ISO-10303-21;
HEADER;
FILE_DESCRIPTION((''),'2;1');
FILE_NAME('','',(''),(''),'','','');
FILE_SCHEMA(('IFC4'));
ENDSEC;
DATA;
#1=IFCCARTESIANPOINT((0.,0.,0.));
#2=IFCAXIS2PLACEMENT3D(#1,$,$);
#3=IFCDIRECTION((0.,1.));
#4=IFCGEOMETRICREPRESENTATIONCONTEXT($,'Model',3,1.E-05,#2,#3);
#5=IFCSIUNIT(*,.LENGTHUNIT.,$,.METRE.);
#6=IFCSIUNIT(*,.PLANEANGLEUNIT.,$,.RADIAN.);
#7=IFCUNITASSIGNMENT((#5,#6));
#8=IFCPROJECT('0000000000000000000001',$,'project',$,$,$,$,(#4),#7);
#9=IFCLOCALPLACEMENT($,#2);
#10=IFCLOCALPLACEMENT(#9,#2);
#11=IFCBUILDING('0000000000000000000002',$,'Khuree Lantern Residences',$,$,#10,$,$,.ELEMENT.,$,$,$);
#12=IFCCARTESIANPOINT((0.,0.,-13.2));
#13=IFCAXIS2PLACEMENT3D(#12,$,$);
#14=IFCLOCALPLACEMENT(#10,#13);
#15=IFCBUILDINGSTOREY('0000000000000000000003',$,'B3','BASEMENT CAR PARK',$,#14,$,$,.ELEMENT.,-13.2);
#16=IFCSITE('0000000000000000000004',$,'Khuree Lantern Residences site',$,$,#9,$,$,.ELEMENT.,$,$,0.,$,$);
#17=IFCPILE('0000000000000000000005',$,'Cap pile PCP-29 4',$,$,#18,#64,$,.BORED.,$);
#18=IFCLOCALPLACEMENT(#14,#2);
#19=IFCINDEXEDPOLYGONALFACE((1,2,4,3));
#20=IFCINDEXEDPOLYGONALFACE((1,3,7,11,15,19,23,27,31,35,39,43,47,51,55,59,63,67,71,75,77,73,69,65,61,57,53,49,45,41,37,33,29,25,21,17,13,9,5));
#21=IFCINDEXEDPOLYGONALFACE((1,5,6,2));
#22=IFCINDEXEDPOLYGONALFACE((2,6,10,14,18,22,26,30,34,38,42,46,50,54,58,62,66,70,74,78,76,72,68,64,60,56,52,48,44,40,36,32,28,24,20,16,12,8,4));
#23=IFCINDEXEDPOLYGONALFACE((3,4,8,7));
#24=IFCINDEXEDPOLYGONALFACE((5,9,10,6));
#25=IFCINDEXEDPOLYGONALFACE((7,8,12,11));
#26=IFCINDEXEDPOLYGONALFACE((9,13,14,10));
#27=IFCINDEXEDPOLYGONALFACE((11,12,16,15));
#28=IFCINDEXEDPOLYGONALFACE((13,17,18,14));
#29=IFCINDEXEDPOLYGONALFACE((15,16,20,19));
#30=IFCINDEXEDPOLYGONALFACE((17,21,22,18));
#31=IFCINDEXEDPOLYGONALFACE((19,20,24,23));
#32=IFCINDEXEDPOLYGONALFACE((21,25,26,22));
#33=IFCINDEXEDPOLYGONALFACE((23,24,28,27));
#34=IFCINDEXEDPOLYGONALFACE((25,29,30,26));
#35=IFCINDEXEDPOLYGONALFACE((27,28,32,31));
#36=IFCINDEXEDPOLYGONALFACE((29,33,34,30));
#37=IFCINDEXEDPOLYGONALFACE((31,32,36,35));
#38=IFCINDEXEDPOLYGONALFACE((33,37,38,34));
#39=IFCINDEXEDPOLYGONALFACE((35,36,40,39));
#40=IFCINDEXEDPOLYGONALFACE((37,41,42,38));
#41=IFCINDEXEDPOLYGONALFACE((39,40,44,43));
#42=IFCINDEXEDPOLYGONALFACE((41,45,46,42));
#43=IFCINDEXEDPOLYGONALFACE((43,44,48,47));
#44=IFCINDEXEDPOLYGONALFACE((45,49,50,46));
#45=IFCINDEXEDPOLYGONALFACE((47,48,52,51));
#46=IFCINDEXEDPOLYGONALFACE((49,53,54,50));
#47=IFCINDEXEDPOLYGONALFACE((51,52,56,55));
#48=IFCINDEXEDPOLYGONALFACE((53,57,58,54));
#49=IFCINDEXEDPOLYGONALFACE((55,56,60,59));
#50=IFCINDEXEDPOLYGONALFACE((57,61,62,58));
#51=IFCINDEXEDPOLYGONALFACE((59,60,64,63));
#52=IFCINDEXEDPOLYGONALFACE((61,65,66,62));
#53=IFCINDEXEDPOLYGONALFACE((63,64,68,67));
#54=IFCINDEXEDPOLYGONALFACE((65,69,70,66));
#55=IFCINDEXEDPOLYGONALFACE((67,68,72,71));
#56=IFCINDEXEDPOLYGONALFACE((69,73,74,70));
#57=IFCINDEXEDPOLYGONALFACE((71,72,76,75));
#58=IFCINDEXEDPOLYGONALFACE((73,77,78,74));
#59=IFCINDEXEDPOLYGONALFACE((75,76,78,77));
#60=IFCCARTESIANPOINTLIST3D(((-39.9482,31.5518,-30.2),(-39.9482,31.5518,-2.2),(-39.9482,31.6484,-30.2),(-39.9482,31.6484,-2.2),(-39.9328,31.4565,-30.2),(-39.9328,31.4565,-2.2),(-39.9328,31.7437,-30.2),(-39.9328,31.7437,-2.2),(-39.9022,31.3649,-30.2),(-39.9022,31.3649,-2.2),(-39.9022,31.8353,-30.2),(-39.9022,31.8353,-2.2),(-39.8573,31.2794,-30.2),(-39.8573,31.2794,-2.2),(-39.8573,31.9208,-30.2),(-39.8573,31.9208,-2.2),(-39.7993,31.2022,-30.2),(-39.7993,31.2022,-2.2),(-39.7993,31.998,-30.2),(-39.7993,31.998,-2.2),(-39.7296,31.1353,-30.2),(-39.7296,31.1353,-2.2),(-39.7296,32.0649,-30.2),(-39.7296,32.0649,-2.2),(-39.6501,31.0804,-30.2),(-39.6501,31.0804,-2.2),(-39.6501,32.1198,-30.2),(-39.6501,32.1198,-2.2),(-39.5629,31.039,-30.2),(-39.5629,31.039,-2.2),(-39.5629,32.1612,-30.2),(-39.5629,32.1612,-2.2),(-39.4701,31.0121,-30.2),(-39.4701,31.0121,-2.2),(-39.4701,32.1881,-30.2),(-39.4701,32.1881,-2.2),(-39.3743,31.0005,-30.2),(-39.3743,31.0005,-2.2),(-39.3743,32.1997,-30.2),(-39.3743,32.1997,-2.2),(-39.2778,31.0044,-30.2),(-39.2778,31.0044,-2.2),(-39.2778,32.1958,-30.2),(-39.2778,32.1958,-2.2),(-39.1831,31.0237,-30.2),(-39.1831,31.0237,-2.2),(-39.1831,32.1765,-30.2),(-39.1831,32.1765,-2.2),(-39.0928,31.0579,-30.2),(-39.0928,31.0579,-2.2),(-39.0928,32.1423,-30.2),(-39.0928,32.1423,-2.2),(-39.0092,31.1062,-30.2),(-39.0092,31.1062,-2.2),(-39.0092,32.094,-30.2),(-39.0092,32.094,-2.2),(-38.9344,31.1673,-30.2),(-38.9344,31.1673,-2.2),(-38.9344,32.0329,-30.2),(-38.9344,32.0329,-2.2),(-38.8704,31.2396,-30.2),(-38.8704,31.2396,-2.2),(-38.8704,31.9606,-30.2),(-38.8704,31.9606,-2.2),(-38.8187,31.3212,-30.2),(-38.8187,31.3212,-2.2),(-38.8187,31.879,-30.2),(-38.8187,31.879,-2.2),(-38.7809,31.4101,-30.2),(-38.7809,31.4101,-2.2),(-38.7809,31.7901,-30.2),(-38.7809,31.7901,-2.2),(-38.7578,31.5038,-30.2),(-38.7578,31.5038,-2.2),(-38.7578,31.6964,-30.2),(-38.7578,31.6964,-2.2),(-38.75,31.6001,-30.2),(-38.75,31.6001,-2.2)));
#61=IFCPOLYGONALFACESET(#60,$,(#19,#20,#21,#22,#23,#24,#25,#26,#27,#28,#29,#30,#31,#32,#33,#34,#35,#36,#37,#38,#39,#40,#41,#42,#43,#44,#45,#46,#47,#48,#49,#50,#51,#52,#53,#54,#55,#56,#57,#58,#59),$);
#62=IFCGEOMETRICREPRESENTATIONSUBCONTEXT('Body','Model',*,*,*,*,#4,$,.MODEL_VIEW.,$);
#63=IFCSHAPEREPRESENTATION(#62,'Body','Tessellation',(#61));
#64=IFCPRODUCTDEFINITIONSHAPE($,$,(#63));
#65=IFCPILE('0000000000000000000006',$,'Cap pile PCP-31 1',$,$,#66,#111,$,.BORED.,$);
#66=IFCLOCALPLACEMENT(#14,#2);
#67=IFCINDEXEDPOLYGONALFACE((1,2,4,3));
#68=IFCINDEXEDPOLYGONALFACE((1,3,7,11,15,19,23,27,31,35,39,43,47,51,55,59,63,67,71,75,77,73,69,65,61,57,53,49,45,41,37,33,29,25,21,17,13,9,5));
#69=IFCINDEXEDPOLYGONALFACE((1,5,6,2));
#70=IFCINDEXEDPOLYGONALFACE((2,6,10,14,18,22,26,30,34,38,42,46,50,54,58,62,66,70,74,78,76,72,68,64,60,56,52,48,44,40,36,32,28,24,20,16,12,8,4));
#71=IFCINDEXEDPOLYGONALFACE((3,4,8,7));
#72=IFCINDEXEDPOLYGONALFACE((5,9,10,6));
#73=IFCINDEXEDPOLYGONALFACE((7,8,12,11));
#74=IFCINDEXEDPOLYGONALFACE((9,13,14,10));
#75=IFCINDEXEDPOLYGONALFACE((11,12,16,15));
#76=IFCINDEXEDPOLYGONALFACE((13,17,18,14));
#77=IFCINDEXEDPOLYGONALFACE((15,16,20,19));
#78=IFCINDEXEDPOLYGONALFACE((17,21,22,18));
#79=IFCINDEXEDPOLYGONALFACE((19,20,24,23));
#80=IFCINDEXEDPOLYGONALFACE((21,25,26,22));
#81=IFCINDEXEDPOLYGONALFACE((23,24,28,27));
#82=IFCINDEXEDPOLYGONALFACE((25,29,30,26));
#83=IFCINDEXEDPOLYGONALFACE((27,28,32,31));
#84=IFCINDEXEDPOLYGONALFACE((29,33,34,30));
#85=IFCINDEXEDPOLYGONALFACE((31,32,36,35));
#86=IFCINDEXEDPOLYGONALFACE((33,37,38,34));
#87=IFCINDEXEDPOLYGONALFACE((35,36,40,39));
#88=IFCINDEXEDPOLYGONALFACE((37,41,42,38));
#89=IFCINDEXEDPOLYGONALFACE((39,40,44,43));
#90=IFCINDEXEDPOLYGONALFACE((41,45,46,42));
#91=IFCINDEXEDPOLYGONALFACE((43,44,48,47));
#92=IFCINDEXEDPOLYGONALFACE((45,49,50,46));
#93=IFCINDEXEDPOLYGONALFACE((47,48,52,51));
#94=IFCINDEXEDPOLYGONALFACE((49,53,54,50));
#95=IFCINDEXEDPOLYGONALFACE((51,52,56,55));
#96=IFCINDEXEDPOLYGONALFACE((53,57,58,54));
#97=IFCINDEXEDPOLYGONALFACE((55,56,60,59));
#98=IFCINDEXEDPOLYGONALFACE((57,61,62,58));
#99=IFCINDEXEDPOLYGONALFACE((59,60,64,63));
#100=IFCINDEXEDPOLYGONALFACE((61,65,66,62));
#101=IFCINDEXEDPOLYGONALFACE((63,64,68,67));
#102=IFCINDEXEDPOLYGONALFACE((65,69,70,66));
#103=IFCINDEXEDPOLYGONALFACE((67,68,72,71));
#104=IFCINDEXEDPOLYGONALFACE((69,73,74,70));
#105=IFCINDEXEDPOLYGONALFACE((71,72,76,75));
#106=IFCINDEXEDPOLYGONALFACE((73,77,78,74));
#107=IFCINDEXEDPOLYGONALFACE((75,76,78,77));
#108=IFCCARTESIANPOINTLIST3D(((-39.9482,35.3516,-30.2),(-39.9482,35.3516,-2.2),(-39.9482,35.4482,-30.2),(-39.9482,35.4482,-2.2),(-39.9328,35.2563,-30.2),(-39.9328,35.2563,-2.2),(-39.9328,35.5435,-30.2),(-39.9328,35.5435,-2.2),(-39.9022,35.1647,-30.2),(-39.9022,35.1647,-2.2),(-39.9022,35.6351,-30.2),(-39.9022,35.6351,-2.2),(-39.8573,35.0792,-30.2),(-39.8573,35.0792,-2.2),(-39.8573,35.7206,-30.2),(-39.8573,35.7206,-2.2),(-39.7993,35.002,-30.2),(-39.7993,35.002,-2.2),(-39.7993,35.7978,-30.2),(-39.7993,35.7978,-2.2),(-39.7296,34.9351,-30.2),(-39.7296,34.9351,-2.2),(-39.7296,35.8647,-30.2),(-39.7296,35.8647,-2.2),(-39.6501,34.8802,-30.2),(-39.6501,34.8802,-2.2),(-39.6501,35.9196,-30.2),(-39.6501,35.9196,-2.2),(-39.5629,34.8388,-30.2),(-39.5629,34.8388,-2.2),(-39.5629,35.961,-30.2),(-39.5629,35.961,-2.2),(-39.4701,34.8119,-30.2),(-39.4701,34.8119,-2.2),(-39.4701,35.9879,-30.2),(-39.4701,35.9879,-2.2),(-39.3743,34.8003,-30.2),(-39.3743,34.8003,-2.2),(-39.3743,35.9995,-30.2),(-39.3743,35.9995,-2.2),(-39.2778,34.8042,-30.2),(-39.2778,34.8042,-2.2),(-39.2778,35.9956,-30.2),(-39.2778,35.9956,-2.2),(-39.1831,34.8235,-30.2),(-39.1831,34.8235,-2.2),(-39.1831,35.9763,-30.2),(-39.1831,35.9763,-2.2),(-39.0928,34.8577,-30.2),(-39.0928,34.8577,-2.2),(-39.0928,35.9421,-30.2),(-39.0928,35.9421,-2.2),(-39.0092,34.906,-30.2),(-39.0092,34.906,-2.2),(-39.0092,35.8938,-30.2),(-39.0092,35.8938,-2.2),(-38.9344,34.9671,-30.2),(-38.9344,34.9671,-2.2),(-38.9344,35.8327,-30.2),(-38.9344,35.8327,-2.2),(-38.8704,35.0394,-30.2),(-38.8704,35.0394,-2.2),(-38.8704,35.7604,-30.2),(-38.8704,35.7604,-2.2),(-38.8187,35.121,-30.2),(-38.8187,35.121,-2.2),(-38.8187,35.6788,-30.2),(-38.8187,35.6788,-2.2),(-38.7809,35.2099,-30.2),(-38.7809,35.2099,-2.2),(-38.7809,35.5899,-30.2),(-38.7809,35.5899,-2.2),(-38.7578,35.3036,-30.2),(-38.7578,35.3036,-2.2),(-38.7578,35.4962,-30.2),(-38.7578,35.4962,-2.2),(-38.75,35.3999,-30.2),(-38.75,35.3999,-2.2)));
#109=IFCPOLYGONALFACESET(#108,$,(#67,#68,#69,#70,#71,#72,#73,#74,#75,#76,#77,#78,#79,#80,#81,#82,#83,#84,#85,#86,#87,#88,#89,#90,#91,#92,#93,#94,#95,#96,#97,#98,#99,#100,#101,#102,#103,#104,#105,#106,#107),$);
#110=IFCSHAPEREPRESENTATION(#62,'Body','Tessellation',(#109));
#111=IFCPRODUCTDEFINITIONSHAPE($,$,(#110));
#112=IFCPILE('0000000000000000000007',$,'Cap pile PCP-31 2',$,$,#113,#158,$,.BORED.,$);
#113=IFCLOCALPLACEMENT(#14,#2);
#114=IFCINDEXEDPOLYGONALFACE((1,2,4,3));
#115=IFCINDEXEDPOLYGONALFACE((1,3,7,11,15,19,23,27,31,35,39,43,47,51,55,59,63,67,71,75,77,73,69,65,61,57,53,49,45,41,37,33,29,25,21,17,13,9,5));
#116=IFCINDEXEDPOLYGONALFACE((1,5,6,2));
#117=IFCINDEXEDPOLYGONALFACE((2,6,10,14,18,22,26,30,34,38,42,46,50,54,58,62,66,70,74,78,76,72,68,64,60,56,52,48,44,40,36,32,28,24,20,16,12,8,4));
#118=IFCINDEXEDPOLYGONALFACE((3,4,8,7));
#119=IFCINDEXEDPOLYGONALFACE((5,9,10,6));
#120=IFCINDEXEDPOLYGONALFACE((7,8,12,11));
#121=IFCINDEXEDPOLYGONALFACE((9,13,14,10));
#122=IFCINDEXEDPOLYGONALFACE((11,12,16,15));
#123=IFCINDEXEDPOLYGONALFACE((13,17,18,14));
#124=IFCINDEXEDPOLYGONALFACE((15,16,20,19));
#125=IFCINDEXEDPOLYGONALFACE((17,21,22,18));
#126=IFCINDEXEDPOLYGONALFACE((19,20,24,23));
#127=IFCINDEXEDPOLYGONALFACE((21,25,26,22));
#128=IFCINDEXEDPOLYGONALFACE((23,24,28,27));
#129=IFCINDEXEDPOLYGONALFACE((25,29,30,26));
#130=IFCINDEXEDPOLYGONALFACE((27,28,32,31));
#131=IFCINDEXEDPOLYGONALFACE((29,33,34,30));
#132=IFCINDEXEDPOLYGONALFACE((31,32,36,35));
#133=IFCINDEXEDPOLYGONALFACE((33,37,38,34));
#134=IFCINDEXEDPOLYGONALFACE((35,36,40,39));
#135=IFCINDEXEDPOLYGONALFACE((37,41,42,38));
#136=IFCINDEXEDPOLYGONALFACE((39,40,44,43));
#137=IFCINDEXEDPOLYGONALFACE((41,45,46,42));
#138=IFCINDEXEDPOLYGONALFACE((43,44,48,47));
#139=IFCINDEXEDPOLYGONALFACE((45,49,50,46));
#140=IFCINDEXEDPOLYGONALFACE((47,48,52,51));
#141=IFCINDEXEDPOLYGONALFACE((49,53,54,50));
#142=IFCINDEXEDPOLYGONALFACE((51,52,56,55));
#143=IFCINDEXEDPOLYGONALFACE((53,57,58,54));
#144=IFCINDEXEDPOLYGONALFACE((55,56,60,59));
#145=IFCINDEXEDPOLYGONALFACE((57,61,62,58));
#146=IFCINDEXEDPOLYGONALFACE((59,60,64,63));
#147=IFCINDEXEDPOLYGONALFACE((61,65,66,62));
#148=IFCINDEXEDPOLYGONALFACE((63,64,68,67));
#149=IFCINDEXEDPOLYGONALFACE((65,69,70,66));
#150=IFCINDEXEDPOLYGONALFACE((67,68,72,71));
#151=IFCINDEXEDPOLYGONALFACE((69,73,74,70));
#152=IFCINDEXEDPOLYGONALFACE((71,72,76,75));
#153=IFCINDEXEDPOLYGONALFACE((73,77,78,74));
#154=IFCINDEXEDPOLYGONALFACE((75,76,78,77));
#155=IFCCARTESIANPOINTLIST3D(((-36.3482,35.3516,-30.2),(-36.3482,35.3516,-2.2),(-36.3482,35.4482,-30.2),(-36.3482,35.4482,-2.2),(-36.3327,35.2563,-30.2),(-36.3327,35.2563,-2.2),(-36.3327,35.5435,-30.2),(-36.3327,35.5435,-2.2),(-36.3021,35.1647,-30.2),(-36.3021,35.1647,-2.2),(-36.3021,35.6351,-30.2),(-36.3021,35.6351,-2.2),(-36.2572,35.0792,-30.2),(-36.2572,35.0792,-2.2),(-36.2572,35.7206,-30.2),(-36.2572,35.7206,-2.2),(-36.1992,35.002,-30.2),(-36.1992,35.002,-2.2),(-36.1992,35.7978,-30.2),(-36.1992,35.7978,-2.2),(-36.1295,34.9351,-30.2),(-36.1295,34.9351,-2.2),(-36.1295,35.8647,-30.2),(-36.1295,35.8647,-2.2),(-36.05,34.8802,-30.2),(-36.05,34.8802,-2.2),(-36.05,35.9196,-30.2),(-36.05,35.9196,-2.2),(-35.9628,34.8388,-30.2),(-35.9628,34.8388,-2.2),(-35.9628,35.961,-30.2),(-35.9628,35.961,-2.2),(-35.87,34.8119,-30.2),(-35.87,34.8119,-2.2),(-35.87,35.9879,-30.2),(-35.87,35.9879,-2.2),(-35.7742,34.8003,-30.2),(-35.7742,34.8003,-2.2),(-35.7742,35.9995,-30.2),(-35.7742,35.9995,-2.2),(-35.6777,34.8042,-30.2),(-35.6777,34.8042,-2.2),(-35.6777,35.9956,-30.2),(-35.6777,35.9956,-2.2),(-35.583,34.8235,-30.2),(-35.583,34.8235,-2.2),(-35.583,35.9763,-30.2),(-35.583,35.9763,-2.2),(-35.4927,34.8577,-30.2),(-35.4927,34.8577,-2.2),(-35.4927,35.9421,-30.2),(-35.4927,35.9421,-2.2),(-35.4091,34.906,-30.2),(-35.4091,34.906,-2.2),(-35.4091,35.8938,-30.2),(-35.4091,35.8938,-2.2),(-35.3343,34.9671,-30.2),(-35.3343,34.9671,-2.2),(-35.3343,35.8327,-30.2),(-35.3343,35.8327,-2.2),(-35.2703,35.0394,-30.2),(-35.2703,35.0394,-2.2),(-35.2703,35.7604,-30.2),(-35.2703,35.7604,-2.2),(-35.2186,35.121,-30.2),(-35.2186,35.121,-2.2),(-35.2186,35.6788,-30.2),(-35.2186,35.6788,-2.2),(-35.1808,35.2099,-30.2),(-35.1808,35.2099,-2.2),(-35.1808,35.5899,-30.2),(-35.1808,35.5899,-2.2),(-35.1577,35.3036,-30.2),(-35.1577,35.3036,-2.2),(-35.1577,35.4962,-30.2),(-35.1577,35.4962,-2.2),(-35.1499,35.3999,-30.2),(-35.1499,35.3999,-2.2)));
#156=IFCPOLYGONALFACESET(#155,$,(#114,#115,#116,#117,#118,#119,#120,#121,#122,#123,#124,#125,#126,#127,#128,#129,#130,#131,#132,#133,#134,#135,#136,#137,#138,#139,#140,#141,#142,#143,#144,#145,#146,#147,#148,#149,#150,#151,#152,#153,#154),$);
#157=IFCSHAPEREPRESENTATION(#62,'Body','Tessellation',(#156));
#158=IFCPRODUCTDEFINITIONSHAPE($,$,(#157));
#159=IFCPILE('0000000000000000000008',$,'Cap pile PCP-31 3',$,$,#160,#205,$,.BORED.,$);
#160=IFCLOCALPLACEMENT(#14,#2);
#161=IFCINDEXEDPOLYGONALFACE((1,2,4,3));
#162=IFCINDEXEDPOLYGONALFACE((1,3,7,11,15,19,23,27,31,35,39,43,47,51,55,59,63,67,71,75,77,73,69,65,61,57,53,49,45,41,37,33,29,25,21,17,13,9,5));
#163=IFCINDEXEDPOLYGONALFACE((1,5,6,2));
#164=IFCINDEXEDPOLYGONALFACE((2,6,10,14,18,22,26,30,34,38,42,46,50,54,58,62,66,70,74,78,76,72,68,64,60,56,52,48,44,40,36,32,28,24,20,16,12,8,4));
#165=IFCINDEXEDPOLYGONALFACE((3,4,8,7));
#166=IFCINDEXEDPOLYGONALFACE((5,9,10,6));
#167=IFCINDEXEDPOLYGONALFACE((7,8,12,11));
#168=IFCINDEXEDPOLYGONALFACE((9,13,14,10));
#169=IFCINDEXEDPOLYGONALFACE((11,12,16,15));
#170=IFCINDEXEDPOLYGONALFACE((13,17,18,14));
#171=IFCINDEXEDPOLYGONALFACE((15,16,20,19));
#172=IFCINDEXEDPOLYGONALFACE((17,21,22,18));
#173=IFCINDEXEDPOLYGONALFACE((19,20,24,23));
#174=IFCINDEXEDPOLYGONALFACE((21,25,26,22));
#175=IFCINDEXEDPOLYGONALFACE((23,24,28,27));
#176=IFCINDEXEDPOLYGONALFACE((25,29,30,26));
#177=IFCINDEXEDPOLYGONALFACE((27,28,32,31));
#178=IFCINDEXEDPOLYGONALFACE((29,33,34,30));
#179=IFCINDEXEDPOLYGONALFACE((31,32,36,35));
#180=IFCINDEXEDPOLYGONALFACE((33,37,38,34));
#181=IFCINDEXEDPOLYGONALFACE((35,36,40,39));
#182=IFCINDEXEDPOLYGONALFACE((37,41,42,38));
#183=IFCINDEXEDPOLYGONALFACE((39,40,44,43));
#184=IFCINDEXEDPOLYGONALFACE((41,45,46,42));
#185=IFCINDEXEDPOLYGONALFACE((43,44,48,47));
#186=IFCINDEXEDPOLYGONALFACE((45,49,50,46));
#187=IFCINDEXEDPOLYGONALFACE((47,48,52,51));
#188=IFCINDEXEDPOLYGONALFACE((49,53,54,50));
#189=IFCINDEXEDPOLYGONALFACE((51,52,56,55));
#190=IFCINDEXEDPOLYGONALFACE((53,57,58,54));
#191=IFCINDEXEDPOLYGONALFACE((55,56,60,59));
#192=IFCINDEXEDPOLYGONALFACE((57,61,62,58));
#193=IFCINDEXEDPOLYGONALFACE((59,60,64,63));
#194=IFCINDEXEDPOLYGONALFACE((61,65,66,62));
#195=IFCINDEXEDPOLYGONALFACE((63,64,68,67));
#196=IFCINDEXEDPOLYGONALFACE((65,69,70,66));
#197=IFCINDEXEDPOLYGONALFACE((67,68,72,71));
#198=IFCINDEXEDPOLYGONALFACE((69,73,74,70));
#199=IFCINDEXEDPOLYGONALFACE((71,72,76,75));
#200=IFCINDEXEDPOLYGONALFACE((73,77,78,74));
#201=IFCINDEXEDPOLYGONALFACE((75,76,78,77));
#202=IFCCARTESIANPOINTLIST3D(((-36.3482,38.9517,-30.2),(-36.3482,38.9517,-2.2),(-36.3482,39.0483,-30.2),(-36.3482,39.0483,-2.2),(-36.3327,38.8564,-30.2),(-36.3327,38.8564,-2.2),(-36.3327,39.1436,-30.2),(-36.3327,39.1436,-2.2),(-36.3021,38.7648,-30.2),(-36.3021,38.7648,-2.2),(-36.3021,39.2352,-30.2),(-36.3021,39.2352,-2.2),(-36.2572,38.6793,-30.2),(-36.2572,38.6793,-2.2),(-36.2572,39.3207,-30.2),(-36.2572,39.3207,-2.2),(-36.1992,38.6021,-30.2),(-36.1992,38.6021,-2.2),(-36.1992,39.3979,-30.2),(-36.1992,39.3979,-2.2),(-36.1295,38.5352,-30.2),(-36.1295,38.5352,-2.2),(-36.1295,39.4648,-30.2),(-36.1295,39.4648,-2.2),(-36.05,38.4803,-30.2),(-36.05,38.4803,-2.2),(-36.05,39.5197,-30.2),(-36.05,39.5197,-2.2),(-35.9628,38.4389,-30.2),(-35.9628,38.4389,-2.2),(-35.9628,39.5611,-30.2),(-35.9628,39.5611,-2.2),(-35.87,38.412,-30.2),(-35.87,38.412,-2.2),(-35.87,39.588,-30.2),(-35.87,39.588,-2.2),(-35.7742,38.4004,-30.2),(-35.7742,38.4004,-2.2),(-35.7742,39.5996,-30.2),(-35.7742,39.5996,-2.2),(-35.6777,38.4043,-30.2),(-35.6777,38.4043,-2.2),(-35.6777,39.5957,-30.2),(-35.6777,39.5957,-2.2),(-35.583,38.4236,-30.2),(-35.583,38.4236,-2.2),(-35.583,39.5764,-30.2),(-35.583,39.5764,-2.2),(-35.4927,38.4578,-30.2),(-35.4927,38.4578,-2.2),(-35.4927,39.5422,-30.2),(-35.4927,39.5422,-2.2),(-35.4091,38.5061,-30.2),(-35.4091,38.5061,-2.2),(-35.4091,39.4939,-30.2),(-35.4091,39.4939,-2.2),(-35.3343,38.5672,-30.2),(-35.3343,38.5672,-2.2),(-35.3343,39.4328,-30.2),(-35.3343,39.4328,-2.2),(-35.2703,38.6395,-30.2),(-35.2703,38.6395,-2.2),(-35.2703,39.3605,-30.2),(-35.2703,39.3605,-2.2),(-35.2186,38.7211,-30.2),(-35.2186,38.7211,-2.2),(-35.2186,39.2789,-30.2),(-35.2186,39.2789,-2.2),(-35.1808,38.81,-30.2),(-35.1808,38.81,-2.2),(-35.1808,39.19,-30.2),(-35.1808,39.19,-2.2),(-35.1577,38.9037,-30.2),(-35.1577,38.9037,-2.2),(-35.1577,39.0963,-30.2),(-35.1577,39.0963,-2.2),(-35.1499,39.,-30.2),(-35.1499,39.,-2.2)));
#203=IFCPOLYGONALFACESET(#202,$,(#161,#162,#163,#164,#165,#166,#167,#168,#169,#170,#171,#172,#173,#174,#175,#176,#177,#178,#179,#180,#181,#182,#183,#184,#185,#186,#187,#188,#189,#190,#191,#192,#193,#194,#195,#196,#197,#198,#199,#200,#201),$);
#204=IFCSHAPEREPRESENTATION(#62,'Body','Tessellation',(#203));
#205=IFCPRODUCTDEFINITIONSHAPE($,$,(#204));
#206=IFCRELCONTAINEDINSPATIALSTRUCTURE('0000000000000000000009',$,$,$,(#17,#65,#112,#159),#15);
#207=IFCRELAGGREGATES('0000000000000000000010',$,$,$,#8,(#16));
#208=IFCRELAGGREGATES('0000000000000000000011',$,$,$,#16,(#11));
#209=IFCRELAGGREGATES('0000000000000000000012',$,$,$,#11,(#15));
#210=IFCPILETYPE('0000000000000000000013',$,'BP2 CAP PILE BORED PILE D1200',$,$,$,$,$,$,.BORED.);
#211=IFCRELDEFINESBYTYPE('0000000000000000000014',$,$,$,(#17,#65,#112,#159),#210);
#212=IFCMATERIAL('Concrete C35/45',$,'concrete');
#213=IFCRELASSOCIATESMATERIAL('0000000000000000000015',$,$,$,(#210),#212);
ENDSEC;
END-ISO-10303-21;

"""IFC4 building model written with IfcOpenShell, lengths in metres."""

from ifc_helpers import new_model, si_unit, direction, frame, origin, origin_2d, place, context, subcontext, project, spatial, circle, extrude, material, material_profile, profile_set, type_object, element, save


model = new_model("IFC4")

# Units and contexts
model_context = context("Model", 3, precision=1e-05, world=origin(), true_north=direction((0.0, 1.0)))
body_context = subcontext(model_context, "Body", "Model", "MODEL_VIEW")
ifc_project = project(units=[si_unit("LENGTHUNIT", "METRE"), si_unit("PLANEANGLEUNIT", "RADIAN")], contexts=[model_context])

# Site, building, storey
site_placement = place(None, origin())
site = spatial("IfcSite", under=ifc_project, at=site_placement, Name="Khuree Lantern Residences site", CompositionType="ELEMENT", RefElevation=0.0)
building_placement = place(site_placement, origin())
building = spatial("IfcBuilding", under=site, at=building_placement, Name="Khuree Lantern Residences", CompositionType="ELEMENT")
storey_placement = place(building_placement, frame((0.0, 0.0, -13.2)))
storey = spatial("IfcBuildingStorey", under=building, at=storey_placement, Name="B3", Description="BASEMENT CAR PARK", CompositionType="ELEMENT", Elevation=-13.2)

# Piles
ifc_material_1 = material(Name="Concrete C35/45", Category="concrete")
ifc_material_profile_1 = material_profile(ifc_material_1, circle(Radius=0.6001, at=origin_2d()), Name="BORED PILE D1200")
ifc_profile_set_1 = profile_set([ifc_material_profile_1], Name="Concrete C35/45")
pile_type_1 = type_object("IfcPileType", Name="BP2 CAP PILE BORED PILE D1200", PredefinedType="BORED", material=ifc_profile_set_1)
for number, where, z_axis, x_axis, name in (
    (1, (-39.3501, 31.6001, -2.2), (0.0, 0.0, -1.0), (1.0, 0.0, 0.0), "Cap pile PCP-29 4"),
    (2, (-39.3501, 35.3999, -2.2), (0.0, 0.0, -1.0), (1.0, 0.0, 0.0), "Cap pile PCP-31 1"),
    (3, (-35.75, 35.3999, -2.2), (0.0, 0.0, -1.0), (1.0, 0.0, 0.0), "Cap pile PCP-31 2"),
    (4, (-35.75, 39.0, -2.2), (0.0, 0.0, -1.0), (1.0, 0.0, 0.0), "Cap pile PCP-31 3"),
):
    element("IfcPile", number, at=place(storey_placement, frame(where, z_axis=z_axis, x_axis=x_axis)), inside=storey, type_object=pile_type_1, Name=name, PredefinedType="BORED", context=body_context, shape_type="SweptSolid", body=[
        extrude(circle(Radius=0.6001, at=origin_2d()), origin(), (0.0, 0.0, 1.0), 28.0),
    ])

save(model, "model.ifc")
